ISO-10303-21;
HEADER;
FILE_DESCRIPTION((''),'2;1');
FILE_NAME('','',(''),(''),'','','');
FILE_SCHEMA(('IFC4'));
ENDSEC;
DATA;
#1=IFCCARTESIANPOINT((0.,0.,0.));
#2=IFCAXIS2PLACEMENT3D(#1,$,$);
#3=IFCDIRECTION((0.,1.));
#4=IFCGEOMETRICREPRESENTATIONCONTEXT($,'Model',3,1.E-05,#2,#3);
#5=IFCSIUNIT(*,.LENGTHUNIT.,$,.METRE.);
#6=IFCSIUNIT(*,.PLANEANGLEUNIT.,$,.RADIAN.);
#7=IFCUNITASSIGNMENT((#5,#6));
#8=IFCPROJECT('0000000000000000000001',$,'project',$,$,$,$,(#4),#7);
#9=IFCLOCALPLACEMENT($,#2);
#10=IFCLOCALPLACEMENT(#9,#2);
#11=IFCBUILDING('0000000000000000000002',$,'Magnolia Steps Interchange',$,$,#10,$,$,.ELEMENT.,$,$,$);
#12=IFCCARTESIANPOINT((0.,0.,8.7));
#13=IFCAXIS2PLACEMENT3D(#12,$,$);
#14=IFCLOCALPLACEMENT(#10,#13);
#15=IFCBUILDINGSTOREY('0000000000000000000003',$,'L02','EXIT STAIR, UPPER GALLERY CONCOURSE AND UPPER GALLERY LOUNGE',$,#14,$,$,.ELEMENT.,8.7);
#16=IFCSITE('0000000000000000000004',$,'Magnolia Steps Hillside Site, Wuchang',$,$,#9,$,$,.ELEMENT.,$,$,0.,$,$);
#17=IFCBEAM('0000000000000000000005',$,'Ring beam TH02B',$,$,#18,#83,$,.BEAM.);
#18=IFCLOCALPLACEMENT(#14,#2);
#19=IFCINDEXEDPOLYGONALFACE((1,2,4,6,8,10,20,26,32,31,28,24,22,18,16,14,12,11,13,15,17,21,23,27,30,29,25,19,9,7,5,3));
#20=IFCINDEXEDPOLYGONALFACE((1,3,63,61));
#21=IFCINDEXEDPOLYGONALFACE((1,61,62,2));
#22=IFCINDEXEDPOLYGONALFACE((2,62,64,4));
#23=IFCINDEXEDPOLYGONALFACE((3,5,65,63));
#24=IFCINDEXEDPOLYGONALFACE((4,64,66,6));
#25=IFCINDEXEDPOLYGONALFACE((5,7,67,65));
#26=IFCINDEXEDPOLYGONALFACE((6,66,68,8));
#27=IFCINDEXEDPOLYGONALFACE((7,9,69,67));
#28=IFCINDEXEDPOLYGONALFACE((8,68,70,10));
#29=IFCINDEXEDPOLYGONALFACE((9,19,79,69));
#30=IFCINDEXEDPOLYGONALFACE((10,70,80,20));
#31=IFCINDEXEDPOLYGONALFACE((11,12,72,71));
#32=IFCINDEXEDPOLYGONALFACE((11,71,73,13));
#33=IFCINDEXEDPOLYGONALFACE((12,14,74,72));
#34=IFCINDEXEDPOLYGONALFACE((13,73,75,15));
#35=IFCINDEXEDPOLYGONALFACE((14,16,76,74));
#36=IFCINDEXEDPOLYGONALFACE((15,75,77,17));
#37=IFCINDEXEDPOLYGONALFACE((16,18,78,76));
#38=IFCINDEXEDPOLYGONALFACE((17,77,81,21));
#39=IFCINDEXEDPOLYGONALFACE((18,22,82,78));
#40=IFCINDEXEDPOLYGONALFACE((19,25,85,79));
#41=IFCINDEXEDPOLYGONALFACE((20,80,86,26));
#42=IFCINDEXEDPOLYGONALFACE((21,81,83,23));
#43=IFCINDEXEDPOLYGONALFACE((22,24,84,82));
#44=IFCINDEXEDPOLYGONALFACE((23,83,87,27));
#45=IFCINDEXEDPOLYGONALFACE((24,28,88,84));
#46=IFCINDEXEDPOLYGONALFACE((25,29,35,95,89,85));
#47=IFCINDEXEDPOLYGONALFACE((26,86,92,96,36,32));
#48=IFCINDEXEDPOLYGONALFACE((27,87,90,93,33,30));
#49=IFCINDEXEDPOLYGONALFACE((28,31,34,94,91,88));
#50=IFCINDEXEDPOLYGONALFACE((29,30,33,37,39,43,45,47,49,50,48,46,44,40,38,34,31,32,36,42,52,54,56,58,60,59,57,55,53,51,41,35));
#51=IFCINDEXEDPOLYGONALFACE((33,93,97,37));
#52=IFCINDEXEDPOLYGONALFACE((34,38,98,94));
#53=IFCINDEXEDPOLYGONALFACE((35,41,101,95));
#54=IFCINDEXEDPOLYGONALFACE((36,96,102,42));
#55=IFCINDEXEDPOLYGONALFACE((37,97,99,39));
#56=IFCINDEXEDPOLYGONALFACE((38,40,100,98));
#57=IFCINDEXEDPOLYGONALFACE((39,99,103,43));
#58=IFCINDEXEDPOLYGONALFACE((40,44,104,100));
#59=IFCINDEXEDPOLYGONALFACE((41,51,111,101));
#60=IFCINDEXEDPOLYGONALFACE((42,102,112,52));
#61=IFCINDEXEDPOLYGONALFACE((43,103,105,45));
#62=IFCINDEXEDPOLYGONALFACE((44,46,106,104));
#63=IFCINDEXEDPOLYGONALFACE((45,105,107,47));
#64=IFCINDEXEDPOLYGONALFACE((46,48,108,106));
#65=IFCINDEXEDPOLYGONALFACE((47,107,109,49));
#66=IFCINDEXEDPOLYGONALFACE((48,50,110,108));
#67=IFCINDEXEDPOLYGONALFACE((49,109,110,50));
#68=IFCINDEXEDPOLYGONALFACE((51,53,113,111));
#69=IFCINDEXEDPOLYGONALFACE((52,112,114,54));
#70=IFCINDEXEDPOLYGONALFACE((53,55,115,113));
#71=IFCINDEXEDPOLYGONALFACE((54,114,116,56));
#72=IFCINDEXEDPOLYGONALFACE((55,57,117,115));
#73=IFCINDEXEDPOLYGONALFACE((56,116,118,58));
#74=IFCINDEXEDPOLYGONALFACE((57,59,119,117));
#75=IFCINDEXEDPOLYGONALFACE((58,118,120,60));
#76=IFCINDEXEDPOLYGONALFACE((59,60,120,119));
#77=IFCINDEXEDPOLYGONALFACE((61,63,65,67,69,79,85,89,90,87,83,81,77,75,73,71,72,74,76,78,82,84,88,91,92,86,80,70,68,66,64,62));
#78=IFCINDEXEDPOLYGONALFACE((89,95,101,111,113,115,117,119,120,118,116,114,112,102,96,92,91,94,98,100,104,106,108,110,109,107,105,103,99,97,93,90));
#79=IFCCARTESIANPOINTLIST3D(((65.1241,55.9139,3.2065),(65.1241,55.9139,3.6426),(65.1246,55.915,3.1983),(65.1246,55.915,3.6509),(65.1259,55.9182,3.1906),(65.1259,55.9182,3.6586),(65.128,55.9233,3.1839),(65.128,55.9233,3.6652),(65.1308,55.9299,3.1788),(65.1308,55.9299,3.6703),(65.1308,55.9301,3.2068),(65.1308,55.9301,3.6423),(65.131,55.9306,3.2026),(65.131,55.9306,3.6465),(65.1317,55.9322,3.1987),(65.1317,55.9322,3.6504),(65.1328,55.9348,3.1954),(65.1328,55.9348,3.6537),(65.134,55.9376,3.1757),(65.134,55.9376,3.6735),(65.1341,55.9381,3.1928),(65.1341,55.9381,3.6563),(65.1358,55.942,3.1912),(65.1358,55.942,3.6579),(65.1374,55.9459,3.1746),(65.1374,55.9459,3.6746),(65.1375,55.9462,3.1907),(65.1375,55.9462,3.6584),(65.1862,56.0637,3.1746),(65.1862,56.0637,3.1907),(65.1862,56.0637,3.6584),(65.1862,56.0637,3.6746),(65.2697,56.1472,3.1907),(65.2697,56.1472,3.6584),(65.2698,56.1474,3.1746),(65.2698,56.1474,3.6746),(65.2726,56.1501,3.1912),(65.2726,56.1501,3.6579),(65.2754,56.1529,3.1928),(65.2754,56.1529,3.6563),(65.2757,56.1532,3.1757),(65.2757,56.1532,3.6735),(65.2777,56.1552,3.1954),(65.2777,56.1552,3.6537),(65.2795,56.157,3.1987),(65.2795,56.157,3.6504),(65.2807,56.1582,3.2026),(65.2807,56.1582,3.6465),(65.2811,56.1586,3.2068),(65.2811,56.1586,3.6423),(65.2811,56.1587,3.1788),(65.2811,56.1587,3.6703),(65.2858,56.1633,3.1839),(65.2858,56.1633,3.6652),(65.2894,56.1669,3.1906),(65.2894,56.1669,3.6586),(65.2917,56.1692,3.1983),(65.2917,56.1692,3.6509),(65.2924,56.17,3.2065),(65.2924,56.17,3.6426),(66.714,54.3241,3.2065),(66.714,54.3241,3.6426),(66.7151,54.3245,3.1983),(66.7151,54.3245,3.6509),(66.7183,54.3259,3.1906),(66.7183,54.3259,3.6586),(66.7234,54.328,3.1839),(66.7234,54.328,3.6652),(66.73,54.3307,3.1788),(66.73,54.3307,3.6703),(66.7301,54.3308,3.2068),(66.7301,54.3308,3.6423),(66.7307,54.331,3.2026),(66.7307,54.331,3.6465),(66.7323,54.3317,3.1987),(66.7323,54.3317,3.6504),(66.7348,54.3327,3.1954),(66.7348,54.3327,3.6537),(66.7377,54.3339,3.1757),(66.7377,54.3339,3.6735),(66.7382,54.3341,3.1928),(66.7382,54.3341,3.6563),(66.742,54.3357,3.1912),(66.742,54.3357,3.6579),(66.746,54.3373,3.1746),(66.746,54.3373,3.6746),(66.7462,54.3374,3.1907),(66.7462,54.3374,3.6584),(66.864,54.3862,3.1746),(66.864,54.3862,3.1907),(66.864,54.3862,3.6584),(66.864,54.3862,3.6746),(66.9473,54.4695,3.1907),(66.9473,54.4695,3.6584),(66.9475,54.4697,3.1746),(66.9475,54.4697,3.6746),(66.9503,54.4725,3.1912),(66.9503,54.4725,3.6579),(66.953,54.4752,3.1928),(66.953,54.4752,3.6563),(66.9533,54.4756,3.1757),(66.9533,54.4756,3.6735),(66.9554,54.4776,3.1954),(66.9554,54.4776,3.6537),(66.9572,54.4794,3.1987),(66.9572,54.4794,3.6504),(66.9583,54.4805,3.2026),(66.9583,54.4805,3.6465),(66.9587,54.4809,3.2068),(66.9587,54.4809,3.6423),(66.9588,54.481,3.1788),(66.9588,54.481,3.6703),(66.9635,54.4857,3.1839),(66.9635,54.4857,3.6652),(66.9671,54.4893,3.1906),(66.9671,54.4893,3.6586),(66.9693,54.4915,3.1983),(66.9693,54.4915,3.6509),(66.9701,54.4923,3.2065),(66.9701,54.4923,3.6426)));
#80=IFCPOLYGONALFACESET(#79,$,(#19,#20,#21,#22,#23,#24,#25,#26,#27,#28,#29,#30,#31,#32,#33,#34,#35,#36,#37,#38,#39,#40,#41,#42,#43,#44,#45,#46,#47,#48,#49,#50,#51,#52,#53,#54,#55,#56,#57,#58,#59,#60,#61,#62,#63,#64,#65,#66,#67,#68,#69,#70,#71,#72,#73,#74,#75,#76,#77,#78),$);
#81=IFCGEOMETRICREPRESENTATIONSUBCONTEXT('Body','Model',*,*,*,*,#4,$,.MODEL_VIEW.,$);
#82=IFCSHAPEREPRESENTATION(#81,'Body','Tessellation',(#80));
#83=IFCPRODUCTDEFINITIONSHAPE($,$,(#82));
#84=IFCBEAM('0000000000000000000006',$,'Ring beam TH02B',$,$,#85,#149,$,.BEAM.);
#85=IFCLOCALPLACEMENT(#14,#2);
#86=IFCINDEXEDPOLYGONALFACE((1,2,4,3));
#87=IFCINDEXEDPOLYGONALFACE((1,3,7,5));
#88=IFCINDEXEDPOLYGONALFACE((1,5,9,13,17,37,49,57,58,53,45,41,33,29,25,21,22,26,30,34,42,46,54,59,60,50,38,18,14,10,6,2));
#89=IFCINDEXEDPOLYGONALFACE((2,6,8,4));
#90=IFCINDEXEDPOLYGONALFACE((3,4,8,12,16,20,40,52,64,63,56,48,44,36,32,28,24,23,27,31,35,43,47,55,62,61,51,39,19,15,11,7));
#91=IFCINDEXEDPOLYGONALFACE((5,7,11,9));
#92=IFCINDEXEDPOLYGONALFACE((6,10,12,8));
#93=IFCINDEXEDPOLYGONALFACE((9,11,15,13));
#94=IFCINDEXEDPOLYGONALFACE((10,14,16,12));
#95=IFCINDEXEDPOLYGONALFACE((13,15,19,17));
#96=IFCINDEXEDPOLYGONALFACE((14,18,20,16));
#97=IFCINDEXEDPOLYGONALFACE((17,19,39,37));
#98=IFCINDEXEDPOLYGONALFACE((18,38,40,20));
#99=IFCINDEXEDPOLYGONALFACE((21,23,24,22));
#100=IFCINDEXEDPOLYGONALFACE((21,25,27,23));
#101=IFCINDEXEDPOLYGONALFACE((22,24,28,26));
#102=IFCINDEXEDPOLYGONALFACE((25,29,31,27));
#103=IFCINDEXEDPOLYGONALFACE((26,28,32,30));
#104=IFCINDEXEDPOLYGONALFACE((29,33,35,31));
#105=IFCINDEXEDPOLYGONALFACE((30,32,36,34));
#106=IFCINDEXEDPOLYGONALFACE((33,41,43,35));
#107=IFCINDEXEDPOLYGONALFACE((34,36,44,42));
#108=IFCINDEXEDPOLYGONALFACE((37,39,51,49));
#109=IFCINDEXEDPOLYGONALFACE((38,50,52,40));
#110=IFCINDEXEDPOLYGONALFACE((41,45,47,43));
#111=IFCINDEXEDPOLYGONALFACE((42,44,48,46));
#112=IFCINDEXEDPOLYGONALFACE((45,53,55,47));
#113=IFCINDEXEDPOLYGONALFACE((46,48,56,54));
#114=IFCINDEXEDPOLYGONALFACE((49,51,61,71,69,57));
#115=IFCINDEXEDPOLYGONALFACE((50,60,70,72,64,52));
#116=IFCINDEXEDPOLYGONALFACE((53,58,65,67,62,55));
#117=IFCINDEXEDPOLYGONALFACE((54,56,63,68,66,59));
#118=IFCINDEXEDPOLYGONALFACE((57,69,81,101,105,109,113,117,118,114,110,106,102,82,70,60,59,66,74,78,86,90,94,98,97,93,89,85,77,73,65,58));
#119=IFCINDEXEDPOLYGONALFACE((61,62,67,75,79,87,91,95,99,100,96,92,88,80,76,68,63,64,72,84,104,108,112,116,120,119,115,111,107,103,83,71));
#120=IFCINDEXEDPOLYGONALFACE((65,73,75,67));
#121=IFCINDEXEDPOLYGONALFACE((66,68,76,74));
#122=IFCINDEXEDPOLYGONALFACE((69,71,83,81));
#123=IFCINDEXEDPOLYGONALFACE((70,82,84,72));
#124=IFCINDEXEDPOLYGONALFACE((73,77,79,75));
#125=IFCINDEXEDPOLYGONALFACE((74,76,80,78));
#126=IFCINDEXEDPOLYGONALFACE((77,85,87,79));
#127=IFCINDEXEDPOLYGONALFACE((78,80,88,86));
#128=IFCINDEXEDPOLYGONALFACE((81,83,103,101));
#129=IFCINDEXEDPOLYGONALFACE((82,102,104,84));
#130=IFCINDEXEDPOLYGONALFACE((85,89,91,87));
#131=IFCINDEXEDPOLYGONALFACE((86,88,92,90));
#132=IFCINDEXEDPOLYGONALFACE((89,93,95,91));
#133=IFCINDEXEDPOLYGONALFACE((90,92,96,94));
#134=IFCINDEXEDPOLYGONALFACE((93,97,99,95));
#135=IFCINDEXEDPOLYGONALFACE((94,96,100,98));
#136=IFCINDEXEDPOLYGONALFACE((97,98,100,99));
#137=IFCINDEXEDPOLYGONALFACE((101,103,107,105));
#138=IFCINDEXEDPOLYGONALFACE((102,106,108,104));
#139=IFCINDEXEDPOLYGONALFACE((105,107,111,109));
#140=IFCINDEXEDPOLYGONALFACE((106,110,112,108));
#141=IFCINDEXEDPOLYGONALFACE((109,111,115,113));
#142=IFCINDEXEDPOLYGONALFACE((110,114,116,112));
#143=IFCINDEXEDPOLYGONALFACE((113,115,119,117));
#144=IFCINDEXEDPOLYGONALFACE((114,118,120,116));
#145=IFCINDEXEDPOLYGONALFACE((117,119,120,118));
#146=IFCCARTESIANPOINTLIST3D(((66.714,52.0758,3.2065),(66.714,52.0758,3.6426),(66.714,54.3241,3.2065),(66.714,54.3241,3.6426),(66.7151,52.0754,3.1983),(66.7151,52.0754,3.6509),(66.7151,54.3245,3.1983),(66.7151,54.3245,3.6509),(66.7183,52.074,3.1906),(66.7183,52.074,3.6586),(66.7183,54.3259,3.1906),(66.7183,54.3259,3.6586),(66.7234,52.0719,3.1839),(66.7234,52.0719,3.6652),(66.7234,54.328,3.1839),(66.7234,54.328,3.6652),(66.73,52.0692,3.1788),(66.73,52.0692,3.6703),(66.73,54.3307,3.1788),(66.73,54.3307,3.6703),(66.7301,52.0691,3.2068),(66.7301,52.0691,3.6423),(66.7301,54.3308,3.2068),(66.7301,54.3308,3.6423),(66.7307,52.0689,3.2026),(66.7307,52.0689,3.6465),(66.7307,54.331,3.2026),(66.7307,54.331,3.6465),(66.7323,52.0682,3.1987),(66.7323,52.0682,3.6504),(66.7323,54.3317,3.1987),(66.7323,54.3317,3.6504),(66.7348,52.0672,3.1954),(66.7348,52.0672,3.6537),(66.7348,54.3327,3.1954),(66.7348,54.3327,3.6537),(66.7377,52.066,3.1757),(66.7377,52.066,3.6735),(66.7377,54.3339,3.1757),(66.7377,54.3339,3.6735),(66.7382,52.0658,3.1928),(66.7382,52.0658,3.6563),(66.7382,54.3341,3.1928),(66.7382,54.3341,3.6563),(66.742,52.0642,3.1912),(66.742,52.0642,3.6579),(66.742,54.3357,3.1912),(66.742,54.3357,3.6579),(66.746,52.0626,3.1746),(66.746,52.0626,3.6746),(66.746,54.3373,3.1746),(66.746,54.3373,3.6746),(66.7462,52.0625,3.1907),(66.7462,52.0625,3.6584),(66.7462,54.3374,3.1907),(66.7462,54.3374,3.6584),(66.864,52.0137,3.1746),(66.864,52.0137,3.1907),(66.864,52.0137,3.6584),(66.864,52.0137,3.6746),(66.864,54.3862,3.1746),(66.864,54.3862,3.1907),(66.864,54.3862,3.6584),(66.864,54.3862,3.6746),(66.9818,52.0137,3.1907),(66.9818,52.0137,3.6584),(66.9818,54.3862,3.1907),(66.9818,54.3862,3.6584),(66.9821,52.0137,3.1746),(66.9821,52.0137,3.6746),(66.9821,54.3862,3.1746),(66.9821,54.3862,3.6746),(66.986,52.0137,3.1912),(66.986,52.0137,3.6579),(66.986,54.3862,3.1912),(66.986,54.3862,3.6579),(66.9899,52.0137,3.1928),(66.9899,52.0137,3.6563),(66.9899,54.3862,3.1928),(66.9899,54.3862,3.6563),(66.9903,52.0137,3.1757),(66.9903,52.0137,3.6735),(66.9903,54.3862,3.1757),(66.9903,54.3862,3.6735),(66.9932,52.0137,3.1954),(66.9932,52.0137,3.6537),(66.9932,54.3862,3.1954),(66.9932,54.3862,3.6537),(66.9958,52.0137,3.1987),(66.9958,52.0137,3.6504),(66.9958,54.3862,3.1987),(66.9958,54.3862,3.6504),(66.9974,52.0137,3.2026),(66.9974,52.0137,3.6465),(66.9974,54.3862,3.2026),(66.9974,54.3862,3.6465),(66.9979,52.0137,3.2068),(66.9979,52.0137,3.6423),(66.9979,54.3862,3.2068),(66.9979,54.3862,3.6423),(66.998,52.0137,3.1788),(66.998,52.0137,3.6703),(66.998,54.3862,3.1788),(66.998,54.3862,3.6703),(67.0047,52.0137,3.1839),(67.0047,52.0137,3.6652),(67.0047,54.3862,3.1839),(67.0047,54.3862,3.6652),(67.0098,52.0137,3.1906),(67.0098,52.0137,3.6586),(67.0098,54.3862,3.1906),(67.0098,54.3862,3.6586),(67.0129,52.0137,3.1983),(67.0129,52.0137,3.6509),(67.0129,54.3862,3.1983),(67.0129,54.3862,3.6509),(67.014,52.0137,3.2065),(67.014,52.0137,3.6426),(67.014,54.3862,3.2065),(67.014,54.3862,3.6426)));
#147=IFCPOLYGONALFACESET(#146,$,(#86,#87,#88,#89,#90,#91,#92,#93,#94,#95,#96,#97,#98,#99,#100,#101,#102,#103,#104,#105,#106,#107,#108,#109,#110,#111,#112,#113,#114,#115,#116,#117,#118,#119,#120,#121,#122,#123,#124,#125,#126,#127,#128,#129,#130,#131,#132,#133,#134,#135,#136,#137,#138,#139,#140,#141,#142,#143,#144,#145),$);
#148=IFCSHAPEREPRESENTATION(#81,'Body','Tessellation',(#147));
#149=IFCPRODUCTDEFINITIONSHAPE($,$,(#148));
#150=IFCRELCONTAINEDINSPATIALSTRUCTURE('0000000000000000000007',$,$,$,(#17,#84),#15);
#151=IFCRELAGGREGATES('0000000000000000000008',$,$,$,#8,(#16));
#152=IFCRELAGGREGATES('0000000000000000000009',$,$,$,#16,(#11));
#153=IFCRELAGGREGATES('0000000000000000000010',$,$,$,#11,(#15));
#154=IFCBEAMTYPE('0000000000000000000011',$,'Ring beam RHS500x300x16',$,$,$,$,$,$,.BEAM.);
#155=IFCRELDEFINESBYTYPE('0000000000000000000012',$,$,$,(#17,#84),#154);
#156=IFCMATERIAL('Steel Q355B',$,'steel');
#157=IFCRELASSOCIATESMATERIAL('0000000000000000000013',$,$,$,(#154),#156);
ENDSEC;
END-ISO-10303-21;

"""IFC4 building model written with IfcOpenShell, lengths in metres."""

from ifc_helpers import new_model, si_unit, direction, frame, origin, origin_2d, place, context, subcontext, project, spatial, hollow_rectangle, extrude, clip, halfspace, material, material_profile, profile_set, type_object, element, save


model = new_model("IFC4")

# Units and contexts
model_context = context("Model", 3, precision=1e-05, world=origin(), true_north=direction((0.0, 1.0)))
body_context = subcontext(model_context, "Body", "Model", "MODEL_VIEW")
ifc_project = project(units=[si_unit("LENGTHUNIT", "METRE"), si_unit("PLANEANGLEUNIT", "RADIAN")], contexts=[model_context])

# Site, building, storey
site_placement = place(None, origin())
site = spatial("IfcSite", under=ifc_project, at=site_placement, Name="Magnolia Steps Hillside Site, Wuchang", CompositionType="ELEMENT", RefElevation=0.0)
building_placement = place(site_placement, origin())
building = spatial("IfcBuilding", under=site, at=building_placement, Name="Magnolia Steps Interchange", CompositionType="ELEMENT")
storey_placement = place(building_placement, frame((0.0, 0.0, 8.7)))
storey = spatial("IfcBuildingStorey", under=building, at=storey_placement, Name="L02", Description="EXIT STAIR, UPPER GALLERY CONCOURSE AND UPPER GALLERY LOUNGE", CompositionType="ELEMENT", Elevation=8.7)

# Beams
ifc_material_1 = material(Name="Steel Q355B", Category="steel")
ifc_material_profile_1 = material_profile(ifc_material_1, hollow_rectangle(XDim=0.3, YDim=0.5, WallThickness=0.0161, InnerFilletRadius=0.0161, OuterFilletRadius=0.032, at=origin_2d()), Name="RHS500x300x16")
ifc_profile_set_1 = profile_set([ifc_material_profile_1], Name="Steel Q355B")
beam_type = type_object("IfcBeamType", Name="Ring beam RHS500x300x16", PredefinedType="BEAM", material=ifc_profile_set_1)
beam_1_placement = place(storey_placement, frame((66.864, 54.3862, 3.4246), z_axis=(-0.707107, 0.707107, 0.0), x_axis=(-0.707107, -0.707107, 0.0)))
element("IfcBeam", 1, at=beam_1_placement, inside=storey, type_object=beam_type, Name="Ring beam TH02B", PredefinedType="BEAM", context=body_context, shape_type="Clipping", body=[
    clip(clip(extrude(hollow_rectangle(XDim=0.3, YDim=0.5, WallThickness=0.0161, InnerFilletRadius=0.0161, OuterFilletRadius=0.032, at=origin_2d()), origin(), (0.0, 0.0, 1.0), 2.3726), halfspace(frame((0.0, 0.0, 0.0), z_axis=(0.382683, 0.0, -0.92388), x_axis=(0.92388, 0.0, 0.382683)), False)), halfspace(frame((0.0, 0.0, 2.3727), z_axis=(0.382683, 0.0, 0.92388), x_axis=(0.92388, 0.0, -0.382683)), False)),
])
beam_2_placement = place(storey_placement, frame((66.864, 52.0137, 3.4246), z_axis=(0.0, 1.0, 0.0), x_axis=(-1.0, 0.0, 0.0)))
element("IfcBeam", 2, at=beam_2_placement, inside=storey, type_object=beam_type, Name="Ring beam TH02B", PredefinedType="BEAM", context=body_context, shape_type="Clipping", body=[
    clip(clip(extrude(hollow_rectangle(XDim=0.3, YDim=0.5, WallThickness=0.0161, InnerFilletRadius=0.0161, OuterFilletRadius=0.032, at=origin_2d()), origin(), (0.0, 0.0, 1.0), 2.3726), halfspace(frame((0.0, 0.0, 0.0), z_axis=(0.382683, 0.0, -0.92388), x_axis=(0.92388, 0.0, 0.382683)), False)), halfspace(frame((0.0, 0.0, 2.3726), z_axis=(0.382683, 0.0, 0.92388), x_axis=(0.92388, 0.0, -0.382683)), False)),
])

save(model, "model.ifc")
